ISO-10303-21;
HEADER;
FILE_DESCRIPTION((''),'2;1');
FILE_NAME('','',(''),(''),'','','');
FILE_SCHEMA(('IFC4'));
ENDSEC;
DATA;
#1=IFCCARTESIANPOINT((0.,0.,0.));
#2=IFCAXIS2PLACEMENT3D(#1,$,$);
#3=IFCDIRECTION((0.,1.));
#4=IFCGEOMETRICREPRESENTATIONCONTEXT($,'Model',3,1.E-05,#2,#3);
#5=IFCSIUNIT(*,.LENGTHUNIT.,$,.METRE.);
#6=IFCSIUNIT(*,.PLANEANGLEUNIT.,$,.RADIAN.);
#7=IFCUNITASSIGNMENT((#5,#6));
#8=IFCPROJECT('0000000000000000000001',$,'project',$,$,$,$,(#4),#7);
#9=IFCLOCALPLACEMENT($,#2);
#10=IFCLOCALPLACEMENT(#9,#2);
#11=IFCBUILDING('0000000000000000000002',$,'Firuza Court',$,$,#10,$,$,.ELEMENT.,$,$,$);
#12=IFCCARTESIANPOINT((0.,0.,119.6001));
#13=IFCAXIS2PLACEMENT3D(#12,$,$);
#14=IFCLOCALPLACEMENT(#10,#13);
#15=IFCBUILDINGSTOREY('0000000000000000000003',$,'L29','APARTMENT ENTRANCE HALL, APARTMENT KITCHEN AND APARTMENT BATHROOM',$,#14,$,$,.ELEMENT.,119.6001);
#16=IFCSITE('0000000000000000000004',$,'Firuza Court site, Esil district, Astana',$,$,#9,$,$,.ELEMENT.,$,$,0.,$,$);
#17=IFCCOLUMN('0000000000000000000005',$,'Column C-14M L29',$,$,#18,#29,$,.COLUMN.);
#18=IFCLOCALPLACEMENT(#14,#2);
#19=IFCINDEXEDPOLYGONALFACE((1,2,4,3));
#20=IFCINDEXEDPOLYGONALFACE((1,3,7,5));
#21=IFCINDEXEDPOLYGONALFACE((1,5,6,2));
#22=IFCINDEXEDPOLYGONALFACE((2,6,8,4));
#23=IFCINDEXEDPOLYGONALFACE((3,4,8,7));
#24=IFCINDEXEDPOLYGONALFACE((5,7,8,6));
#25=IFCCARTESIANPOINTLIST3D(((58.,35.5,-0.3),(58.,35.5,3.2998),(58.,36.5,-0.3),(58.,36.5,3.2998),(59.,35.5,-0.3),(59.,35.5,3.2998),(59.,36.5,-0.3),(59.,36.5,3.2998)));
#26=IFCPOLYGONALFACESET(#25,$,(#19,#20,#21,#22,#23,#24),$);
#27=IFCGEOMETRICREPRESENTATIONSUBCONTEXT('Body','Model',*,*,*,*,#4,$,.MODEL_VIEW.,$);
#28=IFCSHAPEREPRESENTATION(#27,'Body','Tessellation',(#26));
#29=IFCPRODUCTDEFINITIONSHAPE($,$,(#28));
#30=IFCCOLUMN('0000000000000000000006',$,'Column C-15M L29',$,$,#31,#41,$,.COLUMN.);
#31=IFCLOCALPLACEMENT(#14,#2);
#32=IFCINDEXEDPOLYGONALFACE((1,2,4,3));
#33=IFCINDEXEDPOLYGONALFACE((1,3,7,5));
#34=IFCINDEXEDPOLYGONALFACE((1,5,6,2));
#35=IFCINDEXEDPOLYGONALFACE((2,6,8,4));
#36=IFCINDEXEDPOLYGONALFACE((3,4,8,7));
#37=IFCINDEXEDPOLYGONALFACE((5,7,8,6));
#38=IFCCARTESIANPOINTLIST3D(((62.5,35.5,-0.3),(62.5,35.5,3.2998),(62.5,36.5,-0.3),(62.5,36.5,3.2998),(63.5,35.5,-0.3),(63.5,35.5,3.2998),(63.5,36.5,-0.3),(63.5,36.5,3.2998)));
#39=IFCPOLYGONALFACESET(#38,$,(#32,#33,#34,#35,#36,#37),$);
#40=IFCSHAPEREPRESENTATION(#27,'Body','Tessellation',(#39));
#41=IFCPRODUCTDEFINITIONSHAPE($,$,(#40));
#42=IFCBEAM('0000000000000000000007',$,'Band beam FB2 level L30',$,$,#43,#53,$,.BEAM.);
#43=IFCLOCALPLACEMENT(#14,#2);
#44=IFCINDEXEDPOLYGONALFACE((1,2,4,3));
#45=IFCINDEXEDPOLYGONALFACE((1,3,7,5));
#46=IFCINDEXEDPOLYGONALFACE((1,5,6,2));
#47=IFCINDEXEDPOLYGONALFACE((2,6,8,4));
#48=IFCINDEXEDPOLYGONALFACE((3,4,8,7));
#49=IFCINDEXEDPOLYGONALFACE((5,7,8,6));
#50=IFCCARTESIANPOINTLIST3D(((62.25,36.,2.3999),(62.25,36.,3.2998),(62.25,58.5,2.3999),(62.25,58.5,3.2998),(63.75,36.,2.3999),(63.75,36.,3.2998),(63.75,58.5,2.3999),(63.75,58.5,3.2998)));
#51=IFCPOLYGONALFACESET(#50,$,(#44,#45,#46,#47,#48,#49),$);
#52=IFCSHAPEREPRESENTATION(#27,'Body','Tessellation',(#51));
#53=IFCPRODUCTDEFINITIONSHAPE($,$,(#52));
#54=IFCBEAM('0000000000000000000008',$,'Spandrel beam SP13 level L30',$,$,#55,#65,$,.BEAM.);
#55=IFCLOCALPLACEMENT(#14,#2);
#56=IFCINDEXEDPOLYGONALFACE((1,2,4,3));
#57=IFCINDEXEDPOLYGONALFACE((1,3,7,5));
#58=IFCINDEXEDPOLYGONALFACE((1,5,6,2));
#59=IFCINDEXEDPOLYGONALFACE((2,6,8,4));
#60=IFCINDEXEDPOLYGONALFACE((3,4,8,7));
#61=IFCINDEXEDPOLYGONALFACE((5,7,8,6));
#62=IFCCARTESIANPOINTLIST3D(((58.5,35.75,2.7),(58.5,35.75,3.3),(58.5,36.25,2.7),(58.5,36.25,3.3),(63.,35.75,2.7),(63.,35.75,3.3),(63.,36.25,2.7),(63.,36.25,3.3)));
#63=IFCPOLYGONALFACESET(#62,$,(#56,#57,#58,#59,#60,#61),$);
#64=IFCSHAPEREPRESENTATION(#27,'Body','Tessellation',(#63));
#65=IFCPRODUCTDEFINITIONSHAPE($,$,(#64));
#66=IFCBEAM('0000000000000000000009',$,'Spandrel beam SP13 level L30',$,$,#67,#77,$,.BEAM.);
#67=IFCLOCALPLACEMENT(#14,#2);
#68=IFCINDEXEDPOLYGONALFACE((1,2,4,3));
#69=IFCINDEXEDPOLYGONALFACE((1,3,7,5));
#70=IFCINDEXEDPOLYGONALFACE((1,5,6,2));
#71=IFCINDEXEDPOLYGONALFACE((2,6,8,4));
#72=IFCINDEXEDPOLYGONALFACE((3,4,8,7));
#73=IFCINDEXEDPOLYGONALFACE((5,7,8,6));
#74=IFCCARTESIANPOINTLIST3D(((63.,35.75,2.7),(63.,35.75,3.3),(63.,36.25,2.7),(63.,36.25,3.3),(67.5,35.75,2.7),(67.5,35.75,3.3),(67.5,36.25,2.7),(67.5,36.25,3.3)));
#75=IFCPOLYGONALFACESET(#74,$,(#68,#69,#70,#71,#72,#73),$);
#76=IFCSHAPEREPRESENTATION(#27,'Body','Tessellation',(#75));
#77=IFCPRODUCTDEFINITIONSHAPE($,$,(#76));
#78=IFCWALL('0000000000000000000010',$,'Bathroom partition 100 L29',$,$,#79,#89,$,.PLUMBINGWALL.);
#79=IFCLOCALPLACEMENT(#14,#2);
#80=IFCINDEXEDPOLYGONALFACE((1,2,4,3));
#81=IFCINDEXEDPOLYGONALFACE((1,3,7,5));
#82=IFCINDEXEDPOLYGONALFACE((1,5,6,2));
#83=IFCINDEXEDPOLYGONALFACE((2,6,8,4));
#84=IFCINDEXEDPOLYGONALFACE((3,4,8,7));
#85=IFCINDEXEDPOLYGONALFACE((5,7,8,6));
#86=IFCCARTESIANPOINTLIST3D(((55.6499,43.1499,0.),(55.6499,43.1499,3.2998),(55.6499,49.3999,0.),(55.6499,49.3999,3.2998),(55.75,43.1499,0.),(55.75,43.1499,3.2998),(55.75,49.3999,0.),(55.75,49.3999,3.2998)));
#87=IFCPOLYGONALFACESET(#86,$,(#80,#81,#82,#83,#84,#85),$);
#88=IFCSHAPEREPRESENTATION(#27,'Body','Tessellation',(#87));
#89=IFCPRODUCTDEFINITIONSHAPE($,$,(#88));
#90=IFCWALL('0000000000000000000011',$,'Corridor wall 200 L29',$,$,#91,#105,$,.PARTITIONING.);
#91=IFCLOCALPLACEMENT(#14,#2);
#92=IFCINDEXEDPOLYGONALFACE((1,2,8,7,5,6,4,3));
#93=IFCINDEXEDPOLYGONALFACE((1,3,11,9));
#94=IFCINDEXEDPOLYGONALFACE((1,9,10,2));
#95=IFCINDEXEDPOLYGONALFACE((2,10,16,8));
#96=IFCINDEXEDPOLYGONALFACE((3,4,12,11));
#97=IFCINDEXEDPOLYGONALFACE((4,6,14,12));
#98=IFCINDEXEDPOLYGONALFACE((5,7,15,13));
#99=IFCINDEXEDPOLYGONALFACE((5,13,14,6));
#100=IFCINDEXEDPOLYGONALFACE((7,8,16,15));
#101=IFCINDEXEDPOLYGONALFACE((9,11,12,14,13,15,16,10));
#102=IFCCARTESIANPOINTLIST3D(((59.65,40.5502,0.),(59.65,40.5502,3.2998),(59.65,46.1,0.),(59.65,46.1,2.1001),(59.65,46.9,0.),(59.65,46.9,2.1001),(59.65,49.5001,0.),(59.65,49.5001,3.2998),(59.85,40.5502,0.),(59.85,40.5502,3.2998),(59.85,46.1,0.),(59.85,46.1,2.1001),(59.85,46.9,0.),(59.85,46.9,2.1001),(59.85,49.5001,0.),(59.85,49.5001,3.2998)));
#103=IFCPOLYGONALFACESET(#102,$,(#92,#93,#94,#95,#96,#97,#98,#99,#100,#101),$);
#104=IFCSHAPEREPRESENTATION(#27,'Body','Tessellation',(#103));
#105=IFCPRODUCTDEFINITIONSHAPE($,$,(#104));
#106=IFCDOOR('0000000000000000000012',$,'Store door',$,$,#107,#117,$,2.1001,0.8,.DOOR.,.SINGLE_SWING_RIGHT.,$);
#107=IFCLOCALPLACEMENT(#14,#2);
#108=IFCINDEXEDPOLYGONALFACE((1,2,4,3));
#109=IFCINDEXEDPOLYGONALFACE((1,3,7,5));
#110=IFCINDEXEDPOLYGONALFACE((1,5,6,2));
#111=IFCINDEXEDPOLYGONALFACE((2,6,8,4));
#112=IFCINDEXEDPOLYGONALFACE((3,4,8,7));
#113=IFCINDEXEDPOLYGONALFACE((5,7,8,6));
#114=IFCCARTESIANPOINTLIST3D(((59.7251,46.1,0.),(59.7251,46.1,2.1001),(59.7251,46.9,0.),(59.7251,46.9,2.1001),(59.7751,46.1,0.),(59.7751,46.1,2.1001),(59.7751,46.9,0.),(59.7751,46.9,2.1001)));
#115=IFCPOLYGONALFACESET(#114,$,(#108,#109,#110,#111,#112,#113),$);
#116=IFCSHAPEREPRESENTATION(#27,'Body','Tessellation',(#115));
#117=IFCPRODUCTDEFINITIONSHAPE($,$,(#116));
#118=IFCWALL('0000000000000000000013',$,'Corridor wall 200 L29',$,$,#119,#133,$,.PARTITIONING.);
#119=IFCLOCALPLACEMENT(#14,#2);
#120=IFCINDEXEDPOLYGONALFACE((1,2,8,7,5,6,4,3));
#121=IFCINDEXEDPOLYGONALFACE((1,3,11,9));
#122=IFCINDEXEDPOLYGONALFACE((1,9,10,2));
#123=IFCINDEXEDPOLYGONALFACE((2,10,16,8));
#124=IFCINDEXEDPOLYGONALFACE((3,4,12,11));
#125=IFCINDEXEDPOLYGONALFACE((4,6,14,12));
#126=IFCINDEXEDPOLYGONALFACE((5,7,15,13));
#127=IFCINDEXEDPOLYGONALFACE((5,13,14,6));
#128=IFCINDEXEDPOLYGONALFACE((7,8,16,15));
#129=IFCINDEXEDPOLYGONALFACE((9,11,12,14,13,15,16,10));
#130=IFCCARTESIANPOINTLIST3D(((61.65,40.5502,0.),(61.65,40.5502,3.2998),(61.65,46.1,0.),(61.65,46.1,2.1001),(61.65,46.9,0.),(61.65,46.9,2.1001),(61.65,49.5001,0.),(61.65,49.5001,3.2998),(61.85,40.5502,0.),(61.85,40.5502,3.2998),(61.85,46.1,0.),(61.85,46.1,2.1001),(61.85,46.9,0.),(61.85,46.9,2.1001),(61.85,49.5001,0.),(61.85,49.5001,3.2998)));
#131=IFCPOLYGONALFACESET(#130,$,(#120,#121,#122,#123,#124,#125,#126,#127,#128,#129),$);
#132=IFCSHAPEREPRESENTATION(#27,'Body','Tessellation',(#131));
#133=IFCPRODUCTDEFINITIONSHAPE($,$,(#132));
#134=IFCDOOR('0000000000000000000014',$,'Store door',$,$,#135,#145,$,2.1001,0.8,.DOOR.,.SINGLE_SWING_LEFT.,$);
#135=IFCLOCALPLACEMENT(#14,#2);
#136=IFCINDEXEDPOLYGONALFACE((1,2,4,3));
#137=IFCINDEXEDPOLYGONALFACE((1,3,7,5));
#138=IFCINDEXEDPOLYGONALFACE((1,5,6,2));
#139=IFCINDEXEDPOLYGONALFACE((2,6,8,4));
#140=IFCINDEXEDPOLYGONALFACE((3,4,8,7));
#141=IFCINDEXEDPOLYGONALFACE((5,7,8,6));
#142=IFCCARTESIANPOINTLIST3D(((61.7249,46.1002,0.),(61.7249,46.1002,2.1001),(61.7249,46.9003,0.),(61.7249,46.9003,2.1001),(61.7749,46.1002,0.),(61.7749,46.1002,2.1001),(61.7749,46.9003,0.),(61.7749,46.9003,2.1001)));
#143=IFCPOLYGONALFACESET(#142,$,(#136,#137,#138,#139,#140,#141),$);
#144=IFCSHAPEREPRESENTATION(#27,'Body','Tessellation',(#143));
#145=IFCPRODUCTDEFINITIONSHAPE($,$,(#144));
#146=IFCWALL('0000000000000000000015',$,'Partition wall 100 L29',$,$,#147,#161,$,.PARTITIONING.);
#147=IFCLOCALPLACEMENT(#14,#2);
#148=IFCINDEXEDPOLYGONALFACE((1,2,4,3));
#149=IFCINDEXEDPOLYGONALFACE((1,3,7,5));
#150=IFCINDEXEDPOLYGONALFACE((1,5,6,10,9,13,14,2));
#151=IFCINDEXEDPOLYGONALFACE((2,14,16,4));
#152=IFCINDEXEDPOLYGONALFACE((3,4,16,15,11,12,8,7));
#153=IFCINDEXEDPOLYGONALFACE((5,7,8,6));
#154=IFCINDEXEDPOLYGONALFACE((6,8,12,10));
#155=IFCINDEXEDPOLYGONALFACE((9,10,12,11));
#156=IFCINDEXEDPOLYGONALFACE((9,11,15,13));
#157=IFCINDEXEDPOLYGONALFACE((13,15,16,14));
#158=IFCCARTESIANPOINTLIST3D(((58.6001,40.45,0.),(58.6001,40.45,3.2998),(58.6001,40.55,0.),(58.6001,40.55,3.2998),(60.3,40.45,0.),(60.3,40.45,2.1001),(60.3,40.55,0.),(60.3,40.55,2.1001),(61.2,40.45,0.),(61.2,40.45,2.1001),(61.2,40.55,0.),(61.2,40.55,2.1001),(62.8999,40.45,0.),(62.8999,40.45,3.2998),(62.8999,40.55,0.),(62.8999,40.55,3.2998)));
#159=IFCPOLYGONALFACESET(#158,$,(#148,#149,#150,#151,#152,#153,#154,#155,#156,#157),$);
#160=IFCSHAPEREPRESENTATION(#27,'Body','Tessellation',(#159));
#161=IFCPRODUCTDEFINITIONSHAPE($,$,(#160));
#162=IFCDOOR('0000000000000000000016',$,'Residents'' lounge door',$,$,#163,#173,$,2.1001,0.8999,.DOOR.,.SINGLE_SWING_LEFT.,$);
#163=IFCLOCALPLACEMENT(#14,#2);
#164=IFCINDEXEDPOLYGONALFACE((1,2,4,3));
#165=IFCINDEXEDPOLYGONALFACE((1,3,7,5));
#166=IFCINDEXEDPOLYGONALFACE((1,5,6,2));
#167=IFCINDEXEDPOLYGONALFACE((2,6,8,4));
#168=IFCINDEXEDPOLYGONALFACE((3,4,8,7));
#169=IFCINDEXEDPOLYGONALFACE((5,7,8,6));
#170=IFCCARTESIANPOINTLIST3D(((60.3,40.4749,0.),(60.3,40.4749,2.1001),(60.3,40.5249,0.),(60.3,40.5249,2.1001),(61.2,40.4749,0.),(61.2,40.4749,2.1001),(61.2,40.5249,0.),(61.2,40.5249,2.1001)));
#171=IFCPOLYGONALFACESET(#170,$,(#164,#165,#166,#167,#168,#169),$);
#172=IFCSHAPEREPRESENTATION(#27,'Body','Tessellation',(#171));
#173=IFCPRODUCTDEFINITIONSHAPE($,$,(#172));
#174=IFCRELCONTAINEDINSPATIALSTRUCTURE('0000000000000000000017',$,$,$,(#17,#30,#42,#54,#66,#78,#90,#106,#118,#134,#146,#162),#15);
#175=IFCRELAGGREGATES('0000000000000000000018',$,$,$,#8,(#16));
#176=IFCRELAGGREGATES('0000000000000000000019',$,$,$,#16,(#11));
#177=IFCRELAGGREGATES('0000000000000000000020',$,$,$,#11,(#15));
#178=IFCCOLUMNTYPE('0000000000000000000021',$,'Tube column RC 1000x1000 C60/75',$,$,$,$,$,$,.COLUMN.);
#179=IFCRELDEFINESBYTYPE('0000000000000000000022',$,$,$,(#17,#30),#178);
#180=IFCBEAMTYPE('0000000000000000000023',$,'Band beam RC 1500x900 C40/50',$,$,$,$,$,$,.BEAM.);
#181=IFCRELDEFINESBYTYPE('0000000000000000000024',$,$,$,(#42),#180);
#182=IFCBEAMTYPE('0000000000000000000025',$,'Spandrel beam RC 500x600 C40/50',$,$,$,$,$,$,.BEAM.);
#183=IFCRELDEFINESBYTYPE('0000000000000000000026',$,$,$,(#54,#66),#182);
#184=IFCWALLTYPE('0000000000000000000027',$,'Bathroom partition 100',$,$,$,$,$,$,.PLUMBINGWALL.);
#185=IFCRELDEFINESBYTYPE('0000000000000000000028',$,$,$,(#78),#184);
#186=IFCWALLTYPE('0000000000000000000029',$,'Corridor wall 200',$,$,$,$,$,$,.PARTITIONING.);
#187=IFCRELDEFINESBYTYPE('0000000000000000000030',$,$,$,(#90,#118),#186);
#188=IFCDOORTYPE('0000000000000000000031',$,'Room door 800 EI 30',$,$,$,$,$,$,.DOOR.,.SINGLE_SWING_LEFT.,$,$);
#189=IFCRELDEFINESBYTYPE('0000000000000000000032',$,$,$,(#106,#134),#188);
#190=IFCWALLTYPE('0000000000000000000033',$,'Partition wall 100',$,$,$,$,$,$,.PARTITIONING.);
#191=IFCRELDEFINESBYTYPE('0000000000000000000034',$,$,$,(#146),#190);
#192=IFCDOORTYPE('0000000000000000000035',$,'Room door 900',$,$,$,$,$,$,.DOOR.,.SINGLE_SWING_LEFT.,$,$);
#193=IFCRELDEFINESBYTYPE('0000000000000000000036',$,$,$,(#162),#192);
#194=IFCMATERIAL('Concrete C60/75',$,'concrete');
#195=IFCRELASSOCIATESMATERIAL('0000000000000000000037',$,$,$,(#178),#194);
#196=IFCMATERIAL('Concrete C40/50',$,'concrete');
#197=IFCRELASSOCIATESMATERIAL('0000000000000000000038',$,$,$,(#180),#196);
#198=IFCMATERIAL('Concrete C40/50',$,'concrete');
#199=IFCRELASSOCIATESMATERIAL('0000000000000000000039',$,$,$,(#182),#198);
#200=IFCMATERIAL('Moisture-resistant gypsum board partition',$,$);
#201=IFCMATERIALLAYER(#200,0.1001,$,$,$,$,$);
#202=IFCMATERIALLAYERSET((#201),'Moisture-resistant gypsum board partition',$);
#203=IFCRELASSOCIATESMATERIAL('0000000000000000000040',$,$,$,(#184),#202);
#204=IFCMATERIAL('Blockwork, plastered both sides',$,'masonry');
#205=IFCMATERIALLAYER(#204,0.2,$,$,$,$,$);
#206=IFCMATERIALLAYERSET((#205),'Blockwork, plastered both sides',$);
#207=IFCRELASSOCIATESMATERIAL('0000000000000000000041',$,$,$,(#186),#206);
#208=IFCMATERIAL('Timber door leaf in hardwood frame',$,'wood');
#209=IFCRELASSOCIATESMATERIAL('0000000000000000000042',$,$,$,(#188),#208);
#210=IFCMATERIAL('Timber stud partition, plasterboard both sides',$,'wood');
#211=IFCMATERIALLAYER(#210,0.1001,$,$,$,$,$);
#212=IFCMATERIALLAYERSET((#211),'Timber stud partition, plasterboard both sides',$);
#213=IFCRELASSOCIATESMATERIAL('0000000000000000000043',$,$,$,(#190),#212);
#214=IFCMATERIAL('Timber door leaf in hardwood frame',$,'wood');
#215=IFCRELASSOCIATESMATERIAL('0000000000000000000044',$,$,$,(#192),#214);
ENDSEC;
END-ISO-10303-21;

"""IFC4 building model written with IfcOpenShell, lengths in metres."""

from ifc_helpers import new_model, si_unit, direction, frame, frame_2d, origin, origin_2d, place, context, subcontext, project, spatial, rectangle, extrude, material, layer, layer_set, material_profile, profile_set, type_object, element, fill, save


model = new_model("IFC4")

# Units and contexts
model_context = context("Model", 3, precision=1e-05, world=origin(), true_north=direction((0.0, 1.0)))
body_context = subcontext(model_context, "Body", "Model", "MODEL_VIEW")
ifc_project = project(units=[si_unit("LENGTHUNIT", "METRE"), si_unit("PLANEANGLEUNIT", "RADIAN")], contexts=[model_context])

# Site, building, storey
site_placement = place(None, origin())
site = spatial("IfcSite", under=ifc_project, at=site_placement, Name="Firuza Court site, Esil district, Astana", CompositionType="ELEMENT", RefElevation=0.0)
building_placement = place(site_placement, origin())
building = spatial("IfcBuilding", under=site, at=building_placement, Name="Firuza Court", CompositionType="ELEMENT")
storey_placement = place(building_placement, frame((0.0, 0.0, 119.6001)))
storey = spatial("IfcBuildingStorey", under=building, at=storey_placement, Name="L29", Description="APARTMENT ENTRANCE HALL, APARTMENT KITCHEN AND APARTMENT BATHROOM", CompositionType="ELEMENT", Elevation=119.6001)

# Columns
ifc_material_1 = material(Name="Concrete C60/75", Category="concrete")
ifc_material_profile_1 = material_profile(ifc_material_1, rectangle(XDim=1.0, YDim=1.0, at=origin_2d()), Name="RC 1000x1000")
ifc_profile_set_1 = profile_set([ifc_material_profile_1], Name="Concrete C60/75")
column_type = type_object("IfcColumnType", Name="Tube column RC 1000x1000 C60/75", PredefinedType="COLUMN", material=ifc_profile_set_1)
for number, where, z_axis, x_axis, name in (
    (1, (58.5, 36.0, -0.3), (0.0, 0.0, 1.0), (1.0, 0.0, 0.0), "Column C-14M L29"),
    (2, (63.0, 36.0, -0.3), (0.0, 0.0, 1.0), (1.0, 0.0, 0.0), "Column C-15M L29"),
):
    element("IfcColumn", number, at=place(storey_placement, frame(where, z_axis=z_axis, x_axis=x_axis)), inside=storey, type_object=column_type, Name=name, PredefinedType="COLUMN", context=body_context, shape_type="SweptSolid", body=[
        extrude(rectangle(XDim=1.0, YDim=1.0, at=origin_2d()), origin(), (0.0, 0.0, 1.0), 3.5999),
    ])

# Beams
ifc_material_2 = material(Name="Concrete C40/50", Category="concrete")
ifc_material_profile_2 = material_profile(ifc_material_2, rectangle(XDim=1.5, YDim=0.8999, at=origin_2d()), Name="RC 1500x900")
ifc_profile_set_2 = profile_set([ifc_material_profile_2], Name="Concrete C40/50")
beam_type_1 = type_object("IfcBeamType", Name="Band beam RC 1500x900 C40/50", PredefinedType="BEAM", material=ifc_profile_set_2)
beam_placement = place(storey_placement, frame((63.0, 36.0, 2.8499), z_axis=(0.0, 1.0, 0.0), x_axis=(-1.0, 0.0, 0.0)))
element("IfcBeam", 3, at=beam_placement, inside=storey, type_object=beam_type_1, Name="Band beam FB2 level L30", PredefinedType="BEAM", context=body_context, shape_type="SweptSolid", body=[
    extrude(rectangle(XDim=1.5, YDim=0.8999, at=origin_2d()), origin(), (0.0, 0.0, 1.0), 22.5),
])
ifc_material_3 = material(Name="Concrete C40/50", Category="concrete")
ifc_material_profile_3 = material_profile(ifc_material_3, rectangle(XDim=0.5, YDim=0.6001, at=origin_2d()), Name="RC 500x600")
ifc_profile_set_3 = profile_set([ifc_material_profile_3], Name="Concrete C40/50")
beam_type_2 = type_object("IfcBeamType", Name="Spandrel beam RC 500x600 C40/50", PredefinedType="BEAM", material=ifc_profile_set_3)
for number, where, z_axis, x_axis, name in (
    (4, (58.5, 36.0, 3.0), (1.0, 0.0, 0.0), (0.0, 1.0, 0.0), "Spandrel beam SP13 level L30"),
    (5, (63.0, 36.0, 3.0), (1.0, 0.0, 0.0), (0.0, 1.0, 0.0), "Spandrel beam SP13 level L30"),
):
    element("IfcBeam", number, at=place(storey_placement, frame(where, z_axis=z_axis, x_axis=x_axis)), inside=storey, type_object=beam_type_2, Name=name, PredefinedType="BEAM", context=body_context, shape_type="SweptSolid", body=[
        extrude(rectangle(XDim=0.5, YDim=0.6001, at=origin_2d()), origin(), (0.0, 0.0, 1.0), 4.5),
    ])

# Wall
ifc_material_4 = material(Name="Moisture-resistant gypsum board partition")
ifc_layer_1 = layer(ifc_material_4, 0.1001)
ifc_layer_set_1 = layer_set([ifc_layer_1], Name="Moisture-resistant gypsum board partition")
wall_type_1 = type_object("IfcWallType", Name="Bathroom partition 100", PredefinedType="PLUMBINGWALL", material=ifc_layer_set_1)
wall_1_placement = place(storey_placement, frame((55.7, 43.1499, 0.0), z_axis=(0.0, 0.0, 1.0), x_axis=(0.0, 1.0, 0.0)))
element("IfcWall", 6, at=wall_1_placement, inside=storey, type_object=wall_type_1, Name="Bathroom partition 100 L29", PredefinedType="PLUMBINGWALL", context=body_context, shape_type="SweptSolid", body=[
    extrude(rectangle(XDim=6.25, YDim=0.1001, at=frame_2d((3.125, 0.0))), origin(), (0.0, 0.0, 1.0), 3.2998),
])

# Walls, openings, doors
ifc_material_5 = material(Name="Blockwork, plastered both sides", Category="masonry")
ifc_layer_2 = layer(ifc_material_5, 0.2)
ifc_layer_set_2 = layer_set([ifc_layer_2], Name="Blockwork, plastered both sides")
wall_type_2 = type_object("IfcWallType", Name="Corridor wall 200", PredefinedType="PARTITIONING", material=ifc_layer_set_2)
wall_2_placement = place(storey_placement, frame((59.75, 40.55, 0.0), z_axis=(0.0, 0.0, 1.0), x_axis=(0.0, 1.0, 0.0)))
wall_2 = element("IfcWall", 7, at=wall_2_placement, inside=storey, type_object=wall_type_2, Name="Corridor wall 200 L29", PredefinedType="PARTITIONING", context=body_context, shape_type="SweptSolid", body=[
    extrude(rectangle(XDim=8.95, YDim=0.2, at=frame_2d((4.4751, 0.0))), origin(), (0.0, 0.0, 1.0), 3.2998),
])
opening_1_placement = place(wall_2_placement, frame((5.55, 0.0, 0.0)))
opening_1 = element("IfcOpeningElement", 8, at=opening_1_placement, cuts=wall_2, PredefinedType="OPENING", context=body_context, shape_type="SweptSolid", body=[
    extrude(rectangle(XDim=0.8, YDim=2.1001, at=frame_2d((0.3999, 1.05))), frame((0.0, 0.1118, 0.0), z_axis=(0.0, -1.0, 0.0), x_axis=(1.0, 0.0, 0.0)), (0.0, 0.0, 1.0), 0.2239),
])
ifc_material_6 = material(Name="Timber door leaf in hardwood frame", Category="wood")
door_type_1 = type_object("IfcDoorType", Name="Room door 800 EI 30", OperationType="SINGLE_SWING_LEFT", PredefinedType="DOOR", material=ifc_material_6)
door_1_placement = place(opening_1_placement, origin())
door_1 = element("IfcDoor", 9, at=door_1_placement, inside=storey, type_object=door_type_1, Name="Store door", OperationType="SINGLE_SWING_RIGHT", OverallHeight=2.1001, OverallWidth=0.8, PredefinedType="DOOR", context=body_context, shape_type="SweptSolid", body=[
    extrude(rectangle(XDim=0.8, YDim=2.1001, at=frame_2d((0.3999, 1.05))), frame((0.0, 0.0249, 0.0), z_axis=(0.0, -1.0, 0.0), x_axis=(1.0, 0.0, 0.0)), (0.0, 0.0, 1.0), 0.05),
])
fill(opening_1, door_1)
wall_3_placement = place(storey_placement, frame((61.75, 40.55, 0.0), z_axis=(0.0, 0.0, 1.0), x_axis=(0.0, 1.0, 0.0)))
wall_3 = element("IfcWall", 10, at=wall_3_placement, inside=storey, type_object=wall_type_2, Name="Corridor wall 200 L29", PredefinedType="PARTITIONING", context=body_context, shape_type="SweptSolid", body=[
    extrude(rectangle(XDim=8.95, YDim=0.2, at=frame_2d((4.4751, 0.0))), origin(), (0.0, 0.0, 1.0), 3.2998),
])
opening_2_placement = place(wall_3_placement, frame((5.55, 0.0, 0.0)))
opening_2 = element("IfcOpeningElement", 11, at=opening_2_placement, cuts=wall_3, PredefinedType="OPENING", context=body_context, shape_type="SweptSolid", body=[
    extrude(rectangle(XDim=0.8, YDim=2.1001, at=frame_2d((0.3999, 1.05))), frame((0.0, 0.1118, 0.0), z_axis=(0.0, -1.0, 0.0), x_axis=(1.0, 0.0, 0.0)), (0.0, 0.0, 1.0), 0.2239),
])
door_2_placement = place(opening_2_placement, frame((0.8, 0.0, 0.0), z_axis=(0.0, 0.0, 1.0), x_axis=(-1.0, 0.0, 0.0)))
door_2 = element("IfcDoor", 12, at=door_2_placement, inside=storey, type_object=door_type_1, Name="Store door", OperationType="SINGLE_SWING_LEFT", OverallHeight=2.1001, OverallWidth=0.8, PredefinedType="DOOR", context=body_context, shape_type="SweptSolid", body=[
    extrude(rectangle(XDim=0.8, YDim=2.1001, at=frame_2d((0.3999, 1.05))), frame((0.0, 0.0249, 0.0), z_axis=(0.0, -1.0, 0.0), x_axis=(1.0, 0.0, 0.0)), (0.0, 0.0, 1.0), 0.05),
])
fill(opening_2, door_2)
ifc_material_7 = material(Name="Timber stud partition, plasterboard both sides", Category="wood")
ifc_layer_3 = layer(ifc_material_7, 0.1001)
ifc_layer_set_3 = layer_set([ifc_layer_3], Name="Timber stud partition, plasterboard both sides")
wall_type_3 = type_object("IfcWallType", Name="Partition wall 100", PredefinedType="PARTITIONING", material=ifc_layer_set_3)
wall_4_placement = place(storey_placement, frame((58.6001, 40.5, 0.0), z_axis=(0.0, 0.0, 1.0), x_axis=(1.0, 0.0, 0.0)))
wall_4 = element("IfcWall", 13, at=wall_4_placement, inside=storey, type_object=wall_type_3, Name="Partition wall 100 L29", PredefinedType="PARTITIONING", context=body_context, shape_type="SweptSolid", body=[
    extrude(rectangle(XDim=4.2998, YDim=0.1001, at=frame_2d((2.1499, 0.0))), origin(), (0.0, 0.0, 1.0), 3.2998),
])
opening_3_placement = place(wall_4_placement, frame((1.7, 0.0, 0.0)))
opening_3 = element("IfcOpeningElement", 14, at=opening_3_placement, cuts=wall_4, PredefinedType="OPENING", context=body_context, shape_type="SweptSolid", body=[
    extrude(rectangle(XDim=0.8999, YDim=2.1001, at=frame_2d((0.45, 1.05))), frame((0.0, 0.062, 0.0), z_axis=(0.0, -1.0, 0.0), x_axis=(1.0, 0.0, 0.0)), (0.0, 0.0, 1.0), 0.124),
])
ifc_material_8 = material(Name="Timber door leaf in hardwood frame", Category="wood")
door_type_2 = type_object("IfcDoorType", Name="Room door 900", OperationType="SINGLE_SWING_LEFT", PredefinedType="DOOR", material=ifc_material_8)
door_3_placement = place(opening_3_placement, origin())
door_3 = element("IfcDoor", 15, at=door_3_placement, inside=storey, type_object=door_type_2, Name="Residents' lounge door", OperationType="SINGLE_SWING_LEFT", OverallHeight=2.1001, OverallWidth=0.8999, PredefinedType="DOOR", context=body_context, shape_type="SweptSolid", body=[
    extrude(rectangle(XDim=0.8999, YDim=2.1001, at=frame_2d((0.45, 1.05))), frame((0.0, 0.0249, 0.0), z_axis=(0.0, -1.0, 0.0), x_axis=(1.0, 0.0, 0.0)), (0.0, 0.0, 1.0), 0.05),
])
fill(opening_3, door_3)

save(model, "model.ifc")
